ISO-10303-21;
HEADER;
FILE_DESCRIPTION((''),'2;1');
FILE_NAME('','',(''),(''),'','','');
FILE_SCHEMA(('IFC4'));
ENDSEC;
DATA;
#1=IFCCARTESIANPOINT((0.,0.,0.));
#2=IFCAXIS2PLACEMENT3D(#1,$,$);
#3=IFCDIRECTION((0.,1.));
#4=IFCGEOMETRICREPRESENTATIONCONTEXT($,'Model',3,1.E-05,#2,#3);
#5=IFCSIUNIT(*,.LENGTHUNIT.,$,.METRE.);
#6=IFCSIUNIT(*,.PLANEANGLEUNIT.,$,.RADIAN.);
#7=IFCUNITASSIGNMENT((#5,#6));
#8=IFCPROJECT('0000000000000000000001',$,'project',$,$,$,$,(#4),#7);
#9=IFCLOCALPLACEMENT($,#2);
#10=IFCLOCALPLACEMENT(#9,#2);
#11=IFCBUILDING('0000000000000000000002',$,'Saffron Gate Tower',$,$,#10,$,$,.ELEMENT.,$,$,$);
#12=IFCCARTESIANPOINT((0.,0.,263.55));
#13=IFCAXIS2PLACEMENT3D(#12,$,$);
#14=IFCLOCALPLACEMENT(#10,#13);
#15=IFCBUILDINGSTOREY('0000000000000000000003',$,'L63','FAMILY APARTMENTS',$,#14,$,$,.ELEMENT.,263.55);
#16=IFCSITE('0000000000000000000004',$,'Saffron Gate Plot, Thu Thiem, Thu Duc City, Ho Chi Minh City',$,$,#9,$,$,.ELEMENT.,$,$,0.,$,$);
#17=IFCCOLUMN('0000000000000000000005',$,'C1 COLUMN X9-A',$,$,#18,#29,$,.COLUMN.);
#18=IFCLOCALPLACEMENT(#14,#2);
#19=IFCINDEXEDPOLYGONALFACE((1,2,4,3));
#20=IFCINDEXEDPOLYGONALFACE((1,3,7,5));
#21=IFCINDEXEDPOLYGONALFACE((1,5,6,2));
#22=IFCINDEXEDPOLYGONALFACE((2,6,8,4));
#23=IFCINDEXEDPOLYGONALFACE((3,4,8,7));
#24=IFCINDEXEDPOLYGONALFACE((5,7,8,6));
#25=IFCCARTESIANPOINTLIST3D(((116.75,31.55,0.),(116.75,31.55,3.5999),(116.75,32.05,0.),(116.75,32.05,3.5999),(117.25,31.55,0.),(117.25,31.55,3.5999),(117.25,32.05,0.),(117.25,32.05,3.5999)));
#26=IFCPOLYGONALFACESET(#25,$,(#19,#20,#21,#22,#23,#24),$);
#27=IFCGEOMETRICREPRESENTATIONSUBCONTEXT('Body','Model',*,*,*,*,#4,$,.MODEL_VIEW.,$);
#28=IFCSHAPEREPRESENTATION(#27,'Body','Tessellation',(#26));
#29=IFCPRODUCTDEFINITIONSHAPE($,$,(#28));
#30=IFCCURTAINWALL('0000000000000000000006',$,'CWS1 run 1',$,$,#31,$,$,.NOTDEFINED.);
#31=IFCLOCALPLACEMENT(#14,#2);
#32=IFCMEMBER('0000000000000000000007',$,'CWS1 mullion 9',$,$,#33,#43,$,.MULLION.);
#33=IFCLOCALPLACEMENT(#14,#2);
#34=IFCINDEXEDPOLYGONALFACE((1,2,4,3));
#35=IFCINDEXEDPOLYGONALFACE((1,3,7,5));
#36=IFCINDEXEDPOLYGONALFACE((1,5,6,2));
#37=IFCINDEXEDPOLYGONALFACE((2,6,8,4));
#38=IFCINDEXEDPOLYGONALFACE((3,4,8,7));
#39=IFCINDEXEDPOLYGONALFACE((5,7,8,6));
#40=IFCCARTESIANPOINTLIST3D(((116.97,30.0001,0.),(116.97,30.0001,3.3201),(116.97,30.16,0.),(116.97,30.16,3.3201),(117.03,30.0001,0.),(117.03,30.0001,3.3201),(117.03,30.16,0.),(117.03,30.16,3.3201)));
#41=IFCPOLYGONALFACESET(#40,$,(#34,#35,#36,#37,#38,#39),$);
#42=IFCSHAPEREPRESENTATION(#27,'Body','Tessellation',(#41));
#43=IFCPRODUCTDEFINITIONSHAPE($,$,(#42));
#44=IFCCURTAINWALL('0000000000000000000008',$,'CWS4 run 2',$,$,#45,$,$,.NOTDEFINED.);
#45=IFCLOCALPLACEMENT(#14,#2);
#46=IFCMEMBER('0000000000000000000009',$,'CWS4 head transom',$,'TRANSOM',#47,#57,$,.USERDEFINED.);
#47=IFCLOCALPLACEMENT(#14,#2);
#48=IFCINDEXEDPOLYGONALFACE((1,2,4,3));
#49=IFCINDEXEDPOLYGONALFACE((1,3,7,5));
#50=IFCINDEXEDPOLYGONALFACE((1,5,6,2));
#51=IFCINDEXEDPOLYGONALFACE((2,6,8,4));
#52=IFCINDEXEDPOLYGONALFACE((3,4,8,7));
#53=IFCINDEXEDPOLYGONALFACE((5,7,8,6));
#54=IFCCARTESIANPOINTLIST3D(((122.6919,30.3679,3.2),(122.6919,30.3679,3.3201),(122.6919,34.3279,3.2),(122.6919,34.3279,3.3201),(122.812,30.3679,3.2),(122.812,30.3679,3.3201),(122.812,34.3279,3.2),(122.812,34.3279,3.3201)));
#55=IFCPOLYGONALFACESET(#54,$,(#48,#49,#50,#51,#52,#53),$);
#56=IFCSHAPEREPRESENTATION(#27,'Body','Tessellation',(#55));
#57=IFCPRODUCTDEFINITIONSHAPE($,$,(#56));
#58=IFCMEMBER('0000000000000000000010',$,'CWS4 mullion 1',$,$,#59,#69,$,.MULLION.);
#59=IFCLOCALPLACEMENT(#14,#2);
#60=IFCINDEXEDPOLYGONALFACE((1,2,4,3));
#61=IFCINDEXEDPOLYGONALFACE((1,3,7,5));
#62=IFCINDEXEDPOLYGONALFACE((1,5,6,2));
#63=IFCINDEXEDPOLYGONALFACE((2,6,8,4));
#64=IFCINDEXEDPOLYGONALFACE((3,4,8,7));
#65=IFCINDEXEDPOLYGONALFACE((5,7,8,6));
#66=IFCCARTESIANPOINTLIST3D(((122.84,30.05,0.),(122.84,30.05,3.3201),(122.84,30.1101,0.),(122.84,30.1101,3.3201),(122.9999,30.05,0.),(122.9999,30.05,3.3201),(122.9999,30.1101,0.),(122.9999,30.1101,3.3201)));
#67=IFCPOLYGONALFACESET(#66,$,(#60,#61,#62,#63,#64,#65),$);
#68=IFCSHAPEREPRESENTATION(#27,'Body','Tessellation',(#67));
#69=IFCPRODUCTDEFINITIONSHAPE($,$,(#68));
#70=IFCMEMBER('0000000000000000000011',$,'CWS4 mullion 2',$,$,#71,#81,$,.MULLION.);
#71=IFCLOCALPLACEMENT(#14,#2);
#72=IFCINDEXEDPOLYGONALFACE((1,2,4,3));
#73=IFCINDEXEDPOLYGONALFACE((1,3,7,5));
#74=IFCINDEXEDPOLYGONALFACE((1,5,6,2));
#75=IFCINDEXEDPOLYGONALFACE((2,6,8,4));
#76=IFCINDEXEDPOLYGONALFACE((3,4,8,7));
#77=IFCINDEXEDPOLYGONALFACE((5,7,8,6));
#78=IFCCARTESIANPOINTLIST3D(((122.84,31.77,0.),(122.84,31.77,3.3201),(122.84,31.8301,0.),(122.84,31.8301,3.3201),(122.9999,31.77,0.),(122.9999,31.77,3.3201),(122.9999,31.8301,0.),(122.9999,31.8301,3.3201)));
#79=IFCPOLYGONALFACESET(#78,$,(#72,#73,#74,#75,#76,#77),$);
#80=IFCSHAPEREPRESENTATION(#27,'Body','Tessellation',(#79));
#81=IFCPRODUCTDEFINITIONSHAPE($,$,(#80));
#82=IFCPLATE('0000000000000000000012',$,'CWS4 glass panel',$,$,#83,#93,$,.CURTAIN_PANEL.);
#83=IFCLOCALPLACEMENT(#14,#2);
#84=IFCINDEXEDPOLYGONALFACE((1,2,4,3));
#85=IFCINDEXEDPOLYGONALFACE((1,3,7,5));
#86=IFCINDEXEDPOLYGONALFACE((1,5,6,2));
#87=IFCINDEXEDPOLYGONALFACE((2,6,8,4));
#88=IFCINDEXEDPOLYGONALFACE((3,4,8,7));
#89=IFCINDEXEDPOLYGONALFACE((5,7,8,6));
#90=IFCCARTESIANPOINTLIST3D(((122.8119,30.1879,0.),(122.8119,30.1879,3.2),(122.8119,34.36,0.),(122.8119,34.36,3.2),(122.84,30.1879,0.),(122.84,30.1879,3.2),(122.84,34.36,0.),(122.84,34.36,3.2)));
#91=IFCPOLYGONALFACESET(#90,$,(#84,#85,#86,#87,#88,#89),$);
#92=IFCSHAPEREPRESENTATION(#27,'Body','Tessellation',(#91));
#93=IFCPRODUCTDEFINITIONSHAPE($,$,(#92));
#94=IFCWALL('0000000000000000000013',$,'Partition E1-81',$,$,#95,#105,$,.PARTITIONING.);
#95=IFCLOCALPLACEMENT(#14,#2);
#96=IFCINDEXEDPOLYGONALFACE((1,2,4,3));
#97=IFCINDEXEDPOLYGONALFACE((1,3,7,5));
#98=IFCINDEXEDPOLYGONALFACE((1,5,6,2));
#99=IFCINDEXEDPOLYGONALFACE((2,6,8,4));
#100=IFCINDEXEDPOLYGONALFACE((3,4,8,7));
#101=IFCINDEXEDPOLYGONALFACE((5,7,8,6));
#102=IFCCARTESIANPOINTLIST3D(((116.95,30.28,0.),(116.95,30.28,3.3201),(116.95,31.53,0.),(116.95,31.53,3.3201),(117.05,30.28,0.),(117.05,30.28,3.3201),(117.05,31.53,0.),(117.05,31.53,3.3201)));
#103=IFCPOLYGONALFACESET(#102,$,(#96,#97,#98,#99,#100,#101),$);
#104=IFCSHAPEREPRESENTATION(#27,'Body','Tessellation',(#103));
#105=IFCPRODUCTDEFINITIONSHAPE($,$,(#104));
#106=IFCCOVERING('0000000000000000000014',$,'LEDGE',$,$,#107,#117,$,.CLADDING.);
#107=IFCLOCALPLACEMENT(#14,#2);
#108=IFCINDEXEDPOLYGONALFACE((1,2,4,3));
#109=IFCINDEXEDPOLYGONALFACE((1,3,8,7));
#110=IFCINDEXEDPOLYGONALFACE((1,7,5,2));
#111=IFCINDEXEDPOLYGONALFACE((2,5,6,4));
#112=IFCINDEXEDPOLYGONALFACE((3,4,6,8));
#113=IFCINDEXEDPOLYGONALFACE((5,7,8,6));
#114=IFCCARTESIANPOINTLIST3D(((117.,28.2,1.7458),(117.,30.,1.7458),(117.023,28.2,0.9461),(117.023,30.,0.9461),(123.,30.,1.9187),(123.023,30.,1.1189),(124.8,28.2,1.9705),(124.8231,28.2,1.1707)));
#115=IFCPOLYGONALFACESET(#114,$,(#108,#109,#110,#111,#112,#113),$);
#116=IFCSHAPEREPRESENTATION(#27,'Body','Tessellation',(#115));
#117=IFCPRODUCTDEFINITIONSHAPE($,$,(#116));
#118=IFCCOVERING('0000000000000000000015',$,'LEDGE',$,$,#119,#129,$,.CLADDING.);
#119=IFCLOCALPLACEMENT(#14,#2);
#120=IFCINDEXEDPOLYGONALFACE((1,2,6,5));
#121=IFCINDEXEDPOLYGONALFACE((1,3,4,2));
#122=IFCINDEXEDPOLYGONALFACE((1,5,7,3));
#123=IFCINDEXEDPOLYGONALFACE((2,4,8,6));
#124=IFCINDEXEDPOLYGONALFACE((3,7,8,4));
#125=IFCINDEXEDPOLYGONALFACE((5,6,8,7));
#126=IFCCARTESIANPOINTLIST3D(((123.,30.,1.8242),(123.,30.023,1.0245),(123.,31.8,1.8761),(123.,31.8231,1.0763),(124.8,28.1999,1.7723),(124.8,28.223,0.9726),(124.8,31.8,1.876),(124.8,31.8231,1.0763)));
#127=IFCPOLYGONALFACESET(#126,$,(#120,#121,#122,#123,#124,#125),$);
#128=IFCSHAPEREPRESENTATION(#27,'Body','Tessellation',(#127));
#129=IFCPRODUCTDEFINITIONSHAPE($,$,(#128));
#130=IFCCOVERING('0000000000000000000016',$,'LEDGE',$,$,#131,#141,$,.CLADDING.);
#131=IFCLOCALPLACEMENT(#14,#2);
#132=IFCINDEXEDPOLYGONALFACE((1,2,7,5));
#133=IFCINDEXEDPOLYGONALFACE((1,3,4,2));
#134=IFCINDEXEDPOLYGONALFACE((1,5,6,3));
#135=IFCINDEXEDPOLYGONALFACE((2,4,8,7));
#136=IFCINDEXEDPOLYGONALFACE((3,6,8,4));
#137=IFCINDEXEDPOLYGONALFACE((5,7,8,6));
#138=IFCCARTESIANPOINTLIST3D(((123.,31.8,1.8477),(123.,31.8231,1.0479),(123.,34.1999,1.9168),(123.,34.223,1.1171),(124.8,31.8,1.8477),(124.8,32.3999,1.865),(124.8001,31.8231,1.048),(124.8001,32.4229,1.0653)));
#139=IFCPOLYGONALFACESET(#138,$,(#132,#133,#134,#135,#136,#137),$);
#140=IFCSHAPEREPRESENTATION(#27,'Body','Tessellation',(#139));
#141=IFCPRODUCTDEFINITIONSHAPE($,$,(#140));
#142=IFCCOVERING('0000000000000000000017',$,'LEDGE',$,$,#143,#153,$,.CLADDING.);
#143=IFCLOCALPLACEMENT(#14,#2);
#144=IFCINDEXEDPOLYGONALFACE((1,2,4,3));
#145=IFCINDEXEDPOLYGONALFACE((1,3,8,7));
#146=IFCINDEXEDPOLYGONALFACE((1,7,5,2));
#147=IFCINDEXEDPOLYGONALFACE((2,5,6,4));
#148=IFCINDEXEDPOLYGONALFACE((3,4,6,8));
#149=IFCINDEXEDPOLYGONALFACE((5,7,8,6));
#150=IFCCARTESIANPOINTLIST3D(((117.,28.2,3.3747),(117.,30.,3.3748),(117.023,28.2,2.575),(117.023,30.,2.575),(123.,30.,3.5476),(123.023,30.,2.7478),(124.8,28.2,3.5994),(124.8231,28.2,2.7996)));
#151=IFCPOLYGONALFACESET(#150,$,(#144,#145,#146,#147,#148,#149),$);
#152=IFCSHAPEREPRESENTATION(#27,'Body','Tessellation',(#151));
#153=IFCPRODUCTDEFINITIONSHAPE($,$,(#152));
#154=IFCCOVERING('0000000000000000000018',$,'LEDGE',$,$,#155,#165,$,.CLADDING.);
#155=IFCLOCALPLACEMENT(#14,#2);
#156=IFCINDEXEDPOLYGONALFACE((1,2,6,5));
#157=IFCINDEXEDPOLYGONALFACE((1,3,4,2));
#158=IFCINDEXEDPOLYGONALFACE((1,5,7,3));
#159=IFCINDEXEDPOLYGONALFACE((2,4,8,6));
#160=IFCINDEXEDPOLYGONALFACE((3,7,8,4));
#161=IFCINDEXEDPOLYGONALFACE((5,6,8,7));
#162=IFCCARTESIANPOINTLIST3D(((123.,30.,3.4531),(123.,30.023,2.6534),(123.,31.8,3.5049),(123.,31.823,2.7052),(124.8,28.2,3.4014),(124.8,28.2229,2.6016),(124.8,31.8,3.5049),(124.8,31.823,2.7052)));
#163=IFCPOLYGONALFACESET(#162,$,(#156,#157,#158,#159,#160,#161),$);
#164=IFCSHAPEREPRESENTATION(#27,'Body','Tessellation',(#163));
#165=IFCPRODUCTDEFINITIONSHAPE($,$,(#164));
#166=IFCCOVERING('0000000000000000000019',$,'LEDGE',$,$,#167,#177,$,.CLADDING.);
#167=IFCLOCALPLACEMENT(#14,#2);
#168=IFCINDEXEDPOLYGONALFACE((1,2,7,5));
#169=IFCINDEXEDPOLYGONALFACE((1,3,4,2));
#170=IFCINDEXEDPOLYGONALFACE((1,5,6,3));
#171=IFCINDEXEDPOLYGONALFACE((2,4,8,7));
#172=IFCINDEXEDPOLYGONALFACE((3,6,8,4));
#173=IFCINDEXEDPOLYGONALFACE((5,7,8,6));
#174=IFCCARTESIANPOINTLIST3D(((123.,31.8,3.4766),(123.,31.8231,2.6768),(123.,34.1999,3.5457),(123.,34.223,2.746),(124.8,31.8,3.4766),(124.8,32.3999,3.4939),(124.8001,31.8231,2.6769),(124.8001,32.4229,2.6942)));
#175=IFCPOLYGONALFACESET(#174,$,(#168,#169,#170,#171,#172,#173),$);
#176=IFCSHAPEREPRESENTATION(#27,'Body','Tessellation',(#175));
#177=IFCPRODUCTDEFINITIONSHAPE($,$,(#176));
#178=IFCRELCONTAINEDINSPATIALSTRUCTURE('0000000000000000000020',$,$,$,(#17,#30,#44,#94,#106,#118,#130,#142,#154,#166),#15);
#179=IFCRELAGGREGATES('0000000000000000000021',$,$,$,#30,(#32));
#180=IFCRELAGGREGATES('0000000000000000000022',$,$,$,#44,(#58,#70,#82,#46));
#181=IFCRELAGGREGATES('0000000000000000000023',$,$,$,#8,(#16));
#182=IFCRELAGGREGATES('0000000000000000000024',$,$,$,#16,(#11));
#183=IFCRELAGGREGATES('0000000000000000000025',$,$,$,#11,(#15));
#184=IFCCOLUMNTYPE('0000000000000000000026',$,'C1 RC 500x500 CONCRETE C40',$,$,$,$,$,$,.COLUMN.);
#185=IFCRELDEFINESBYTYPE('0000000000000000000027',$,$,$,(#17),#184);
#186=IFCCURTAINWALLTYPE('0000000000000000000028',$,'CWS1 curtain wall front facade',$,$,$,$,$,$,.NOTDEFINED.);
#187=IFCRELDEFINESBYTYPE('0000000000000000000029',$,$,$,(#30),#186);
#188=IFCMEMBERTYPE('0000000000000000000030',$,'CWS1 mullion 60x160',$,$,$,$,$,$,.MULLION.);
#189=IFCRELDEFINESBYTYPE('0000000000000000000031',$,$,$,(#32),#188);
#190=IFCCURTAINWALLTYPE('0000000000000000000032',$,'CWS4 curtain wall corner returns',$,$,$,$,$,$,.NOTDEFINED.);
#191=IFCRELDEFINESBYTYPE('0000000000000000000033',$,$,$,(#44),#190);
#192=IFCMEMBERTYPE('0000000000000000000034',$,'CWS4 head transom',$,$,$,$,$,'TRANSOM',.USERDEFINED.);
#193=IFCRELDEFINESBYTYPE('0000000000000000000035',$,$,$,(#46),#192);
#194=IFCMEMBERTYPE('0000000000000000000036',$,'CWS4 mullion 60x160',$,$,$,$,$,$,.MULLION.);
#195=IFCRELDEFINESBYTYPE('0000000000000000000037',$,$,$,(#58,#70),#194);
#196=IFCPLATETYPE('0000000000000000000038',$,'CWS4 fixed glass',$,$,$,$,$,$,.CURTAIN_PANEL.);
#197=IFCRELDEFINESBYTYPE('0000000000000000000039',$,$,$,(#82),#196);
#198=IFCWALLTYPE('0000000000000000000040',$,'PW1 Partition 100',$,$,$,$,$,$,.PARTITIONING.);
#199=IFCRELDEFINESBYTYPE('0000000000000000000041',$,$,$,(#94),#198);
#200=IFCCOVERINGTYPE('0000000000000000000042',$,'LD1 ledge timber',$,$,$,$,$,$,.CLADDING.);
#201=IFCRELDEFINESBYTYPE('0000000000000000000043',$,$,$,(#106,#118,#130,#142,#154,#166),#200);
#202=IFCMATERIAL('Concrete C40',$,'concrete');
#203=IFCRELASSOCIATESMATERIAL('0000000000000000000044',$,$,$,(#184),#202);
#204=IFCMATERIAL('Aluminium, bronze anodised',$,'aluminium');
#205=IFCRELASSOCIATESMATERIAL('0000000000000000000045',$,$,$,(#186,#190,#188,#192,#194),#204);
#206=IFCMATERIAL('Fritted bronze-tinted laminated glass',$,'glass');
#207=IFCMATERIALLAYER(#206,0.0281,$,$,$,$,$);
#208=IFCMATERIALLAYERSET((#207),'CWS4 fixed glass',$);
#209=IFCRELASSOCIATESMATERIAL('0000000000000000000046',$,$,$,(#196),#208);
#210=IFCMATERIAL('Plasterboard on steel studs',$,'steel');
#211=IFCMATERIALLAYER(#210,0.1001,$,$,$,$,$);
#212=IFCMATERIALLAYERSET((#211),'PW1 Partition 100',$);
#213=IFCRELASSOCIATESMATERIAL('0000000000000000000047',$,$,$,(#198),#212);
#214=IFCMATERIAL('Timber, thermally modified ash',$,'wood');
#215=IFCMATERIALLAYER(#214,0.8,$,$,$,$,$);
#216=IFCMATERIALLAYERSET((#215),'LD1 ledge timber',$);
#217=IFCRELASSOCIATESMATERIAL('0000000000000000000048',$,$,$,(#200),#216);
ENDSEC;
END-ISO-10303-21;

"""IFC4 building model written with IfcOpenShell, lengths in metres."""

from ifc_helpers import new_model, si_unit, direction, frame, frame_2d, origin, origin_2d, place, context, subcontext, project, spatial, polyline, rectangle, outline, extrude, material, layer, layer_set, material_profile, profile_set, type_object, element, aggregate, save


model = new_model("IFC4")

# Units and contexts
model_context = context("Model", 3, precision=1e-05, world=origin(), true_north=direction((0.0, 1.0)))
body_context = subcontext(model_context, "Body", "Model", "MODEL_VIEW")
ifc_project = project(units=[si_unit("LENGTHUNIT", "METRE"), si_unit("PLANEANGLEUNIT", "RADIAN")], contexts=[model_context])

# Site, building, storey
site_placement = place(None, origin())
site = spatial("IfcSite", under=ifc_project, at=site_placement, Name="Saffron Gate Plot, Thu Thiem, Thu Duc City, Ho Chi Minh City", CompositionType="ELEMENT", RefElevation=0.0)
building_placement = place(site_placement, origin())
building = spatial("IfcBuilding", under=site, at=building_placement, Name="Saffron Gate Tower", CompositionType="ELEMENT")
storey_placement = place(building_placement, frame((0.0, 0.0, 263.55)))
storey = spatial("IfcBuildingStorey", under=building, at=storey_placement, Name="L63", Description="FAMILY APARTMENTS", CompositionType="ELEMENT", Elevation=263.55)

# Column
ifc_material_1 = material(Name="Concrete C40", Category="concrete")
ifc_material_profile_1 = material_profile(ifc_material_1, rectangle(XDim=0.5, YDim=0.5, at=origin_2d()))
ifc_profile_set_1 = profile_set([ifc_material_profile_1], Name="Concrete C40")
column_type = type_object("IfcColumnType", Name="C1 RC 500x500 CONCRETE C40", PredefinedType="COLUMN", material=ifc_profile_set_1)
column_placement = place(storey_placement, frame((117.0, 31.8, 0.0), z_axis=(0.0, 0.0, 1.0), x_axis=(1.0, 0.0, 0.0)))
element("IfcColumn", 1, at=column_placement, inside=storey, type_object=column_type, Name="C1 COLUMN X9-A", PredefinedType="COLUMN", context=body_context, shape_type="SweptSolid", body=[
    extrude(rectangle(XDim=0.5, YDim=0.5, at=origin_2d()), origin(), (0.0, 0.0, 1.0), 3.5999),
])

# Curtain wall, member
ifc_material_2 = material(Name="Aluminium, bronze anodised", Category="aluminium")
curtain_wall_type_1 = type_object("IfcCurtainWallType", Name="CWS1 curtain wall front facade", PredefinedType="NOTDEFINED", material=ifc_material_2)
curtain_wall_1_placement = place(storey_placement, origin())
curtain_wall_1 = element("IfcCurtainWall", 2, at=curtain_wall_1_placement, inside=storey, type_object=curtain_wall_type_1, Name="CWS1 run 1", PredefinedType="NOTDEFINED")
ifc_material_profile_2 = material_profile(ifc_material_2, rectangle(XDim=0.1599, YDim=0.0601, at=origin_2d()))
ifc_profile_set_2 = profile_set([ifc_material_profile_2], Name="Aluminium, bronze anodised")
member_type_1 = type_object("IfcMemberType", Name="CWS1 mullion 60x160", PredefinedType="MULLION", material=ifc_profile_set_2)
member_1_placement = place(storey_placement, frame((117.0, 30.0801, 0.0), z_axis=(0.0, 0.0, 1.0), x_axis=(0.0, 1.0, 0.0)))
member_1 = element("IfcMember", 3, at=member_1_placement, type_object=member_type_1, Name="CWS1 mullion 9", PredefinedType="MULLION", context=body_context, shape_type="SweptSolid", body=[
    extrude(rectangle(XDim=0.1599, YDim=0.0601, at=origin_2d()), origin(), (0.0, 0.0, 1.0), 3.3201),
])
aggregate(curtain_wall_1, [member_1])

# Curtain wall, members, plate
curtain_wall_type_2 = type_object("IfcCurtainWallType", Name="CWS4 curtain wall corner returns", PredefinedType="NOTDEFINED", material=ifc_material_2)
curtain_wall_2_placement = place(storey_placement, origin())
curtain_wall_2 = element("IfcCurtainWall", 4, at=curtain_wall_2_placement, inside=storey, type_object=curtain_wall_type_2, Name="CWS4 run 2", PredefinedType="NOTDEFINED")
ifc_material_profile_3 = material_profile(ifc_material_2, rectangle(XDim=0.1201, YDim=0.1201, at=origin_2d()))
ifc_profile_set_3 = profile_set([ifc_material_profile_3], Name="Aluminium, bronze anodised")
member_type_2 = type_object("IfcMemberType", Name="CWS4 head transom", ElementType="TRANSOM", PredefinedType="USERDEFINED", material=ifc_profile_set_3)
member_2_placement = place(storey_placement, frame((122.752, 30.3679, 3.26), z_axis=(0.0, 1.0, 0.0), x_axis=(-1.0, 0.0, 0.0)))
member_2 = element("IfcMember", 5, at=member_2_placement, type_object=member_type_2, Name="CWS4 head transom", ObjectType="TRANSOM", PredefinedType="USERDEFINED", context=body_context, shape_type="SweptSolid", body=[
    extrude(rectangle(XDim=0.1201, YDim=0.1201, at=origin_2d()), origin(), (0.0, 0.0, 1.0), 3.96),
])
ifc_material_profile_4 = material_profile(ifc_material_2, rectangle(XDim=0.1599, YDim=0.0601, at=origin_2d()))
ifc_profile_set_4 = profile_set([ifc_material_profile_4], Name="Aluminium, bronze anodised")
member_type_3 = type_object("IfcMemberType", Name="CWS4 mullion 60x160", PredefinedType="MULLION", material=ifc_profile_set_4)
member_3_placement = place(storey_placement, frame((122.9199, 30.0801, 0.0), z_axis=(0.0, 0.0, 1.0), x_axis=(-1.0, 0.0, 0.0)))
member_3 = element("IfcMember", 6, at=member_3_placement, type_object=member_type_3, Name="CWS4 mullion 1", PredefinedType="MULLION", context=body_context, shape_type="SweptSolid", body=[
    extrude(rectangle(XDim=0.1599, YDim=0.0601, at=origin_2d()), origin(), (0.0, 0.0, 1.0), 3.3201),
])
member_4_placement = place(storey_placement, frame((122.9199, 31.8, 0.0), z_axis=(0.0, 0.0, 1.0), x_axis=(-1.0, 0.0, 0.0)))
member_4 = element("IfcMember", 7, at=member_4_placement, type_object=member_type_3, Name="CWS4 mullion 2", PredefinedType="MULLION", context=body_context, shape_type="SweptSolid", body=[
    extrude(rectangle(XDim=0.1599, YDim=0.0601, at=origin_2d()), origin(), (0.0, 0.0, 1.0), 3.3201),
])
ifc_material_3 = material(Name="Fritted bronze-tinted laminated glass", Category="glass")
ifc_layer_1 = layer(ifc_material_3, 0.0281)
ifc_layer_set_1 = layer_set([ifc_layer_1], Name="CWS4 fixed glass")
plate_type = type_object("IfcPlateType", Name="CWS4 fixed glass", PredefinedType="CURTAIN_PANEL", material=ifc_layer_set_1)
plate_placement = place(storey_placement, frame((122.8259, 30.188, 0.0), z_axis=(0.0, 0.0, 1.0), x_axis=(0.0, 1.0, 0.0)))
plate = element("IfcPlate", 8, at=plate_placement, type_object=plate_type, Name="CWS4 glass panel", PredefinedType="CURTAIN_PANEL", context=body_context, shape_type="SweptSolid", body=[
    extrude(rectangle(XDim=4.1721, YDim=0.0281, at=frame_2d((2.0859, 0.0))), origin(), (0.0, 0.0, 1.0), 3.2),
])
aggregate(curtain_wall_2, [member_3, member_4, plate, member_2])

# Wall
ifc_material_4 = material(Name="Plasterboard on steel studs", Category="steel")
ifc_layer_2 = layer(ifc_material_4, 0.1001)
ifc_layer_set_2 = layer_set([ifc_layer_2], Name="PW1 Partition 100")
wall_type = type_object("IfcWallType", Name="PW1 Partition 100", PredefinedType="PARTITIONING", material=ifc_layer_set_2)
wall_placement = place(storey_placement, frame((117.0, 31.53, 0.0), z_axis=(0.0, 0.0, 1.0), x_axis=(0.0, -1.0, 0.0)))
element("IfcWall", 9, at=wall_placement, inside=storey, type_object=wall_type, Name="Partition E1-81", PredefinedType="PARTITIONING", context=body_context, shape_type="SweptSolid", body=[
    extrude(rectangle(XDim=1.25, YDim=0.1001, at=frame_2d((0.625, 0.0))), origin(), (0.0, 0.0, 1.0), 3.3201),
])

# Coverings
ifc_material_5 = material(Name="Timber, thermally modified ash", Category="wood")
ifc_layer_3 = layer(ifc_material_5, 0.8)
ifc_layer_set_3 = layer_set([ifc_layer_3], Name="LD1 ledge timber")
covering_type_1 = type_object("IfcCoveringType", Name="LD1 ledge timber", PredefinedType="CLADDING", material=ifc_layer_set_3)
covering_1_placement = place(storey_placement, frame((117.0, 30.0, 1.7458), z_axis=(-0.028789, -0.000024, 0.999585), x_axis=(0.999585, 0.0, 0.028789)))
element("IfcCovering", 10, at=covering_1_placement, inside=storey, type_object=covering_type_1, Name="LEDGE", PredefinedType="CLADDING", context=body_context, shape_type="SweptSolid", body=[
    extrude(outline(polyline([(0.0, 0.0), (6.0025, 0.0), (7.8033, -1.8), (0.0, -1.8), (0.0, 0.0)])), origin(), (0.0, 0.0, -1.0), 0.8),
])
covering_2_placement = place(storey_placement, frame((123.0, 30.0, 1.8242), z_axis=(0.000045, -0.028787, 0.999586), x_axis=(0.0, 0.999586, 0.028787)))
element("IfcCovering", 11, at=covering_2_placement, inside=storey, type_object=covering_type_1, Name="LEDGE", PredefinedType="CLADDING", context=body_context, shape_type="SweptSolid", body=[
    extrude(outline(polyline([(0.0, 0.0), (1.8008, 0.0), (1.8008, -1.8), (-1.8008, -1.8), (0.0, 0.0)])), origin(), (0.0, 0.0, -1.0), 0.8),
])
covering_3_placement = place(storey_placement, frame((123.0, 31.8, 1.8477), z_axis=(-0.000029, -0.028799, 0.999585), x_axis=(0.0, 0.999585, 0.028799)))
element("IfcCovering", 12, at=covering_3_placement, inside=storey, type_object=covering_type_1, Name="LEDGE", PredefinedType="CLADDING", context=body_context, shape_type="SweptSolid", body=[
    extrude(outline(polyline([(0.0, 0.0), (2.4009, 0.0), (0.6001, -1.8), (0.0, -1.8), (0.0, 0.0)])), origin(), (0.0, 0.0, -1.0), 0.8),
])
covering_4_placement = place(storey_placement, frame((117.0, 30.0, 3.3748), z_axis=(-0.028789, -0.000024, 0.999585), x_axis=(0.999585, 0.0, 0.028789)))
element("IfcCovering", 13, at=covering_4_placement, inside=storey, type_object=covering_type_1, Name="LEDGE", PredefinedType="CLADDING", context=body_context, shape_type="SweptSolid", body=[
    extrude(outline(polyline([(0.0, 0.0), (6.0025, 0.0), (7.8033, -1.8), (0.0, -1.8), (0.0, 0.0)])), origin(), (0.0, 0.0, -1.0), 0.8),
])
covering_5_placement = place(storey_placement, frame((123.0, 30.0, 3.4531), z_axis=(0.0, -0.028742, 0.999587), x_axis=(0.0, 0.999587, 0.028742)))
element("IfcCovering", 14, at=covering_5_placement, inside=storey, type_object=covering_type_1, Name="LEDGE", PredefinedType="CLADDING", context=body_context, shape_type="SweptSolid", body=[
    extrude(outline(polyline([(0.0, 0.0), (1.8008, 0.0), (1.8008, -1.8), (-1.8008, -1.8), (0.0, 0.0)])), origin(), (0.0, 0.0, -1.0), 0.8),
])
covering_6_placement = place(storey_placement, frame((123.0, 31.8, 3.4766), z_axis=(-0.000029, -0.028799, 0.999585), x_axis=(0.0, 0.999585, 0.028799)))
element("IfcCovering", 15, at=covering_6_placement, inside=storey, type_object=covering_type_1, Name="LEDGE", PredefinedType="CLADDING", context=body_context, shape_type="SweptSolid", body=[
    extrude(outline(polyline([(0.0, 0.0), (2.4009, 0.0), (0.6001, -1.8), (0.0, -1.8), (0.0, 0.0)])), origin(), (0.0, 0.0, -1.0), 0.8),
])

save(model, "model.ifc")
